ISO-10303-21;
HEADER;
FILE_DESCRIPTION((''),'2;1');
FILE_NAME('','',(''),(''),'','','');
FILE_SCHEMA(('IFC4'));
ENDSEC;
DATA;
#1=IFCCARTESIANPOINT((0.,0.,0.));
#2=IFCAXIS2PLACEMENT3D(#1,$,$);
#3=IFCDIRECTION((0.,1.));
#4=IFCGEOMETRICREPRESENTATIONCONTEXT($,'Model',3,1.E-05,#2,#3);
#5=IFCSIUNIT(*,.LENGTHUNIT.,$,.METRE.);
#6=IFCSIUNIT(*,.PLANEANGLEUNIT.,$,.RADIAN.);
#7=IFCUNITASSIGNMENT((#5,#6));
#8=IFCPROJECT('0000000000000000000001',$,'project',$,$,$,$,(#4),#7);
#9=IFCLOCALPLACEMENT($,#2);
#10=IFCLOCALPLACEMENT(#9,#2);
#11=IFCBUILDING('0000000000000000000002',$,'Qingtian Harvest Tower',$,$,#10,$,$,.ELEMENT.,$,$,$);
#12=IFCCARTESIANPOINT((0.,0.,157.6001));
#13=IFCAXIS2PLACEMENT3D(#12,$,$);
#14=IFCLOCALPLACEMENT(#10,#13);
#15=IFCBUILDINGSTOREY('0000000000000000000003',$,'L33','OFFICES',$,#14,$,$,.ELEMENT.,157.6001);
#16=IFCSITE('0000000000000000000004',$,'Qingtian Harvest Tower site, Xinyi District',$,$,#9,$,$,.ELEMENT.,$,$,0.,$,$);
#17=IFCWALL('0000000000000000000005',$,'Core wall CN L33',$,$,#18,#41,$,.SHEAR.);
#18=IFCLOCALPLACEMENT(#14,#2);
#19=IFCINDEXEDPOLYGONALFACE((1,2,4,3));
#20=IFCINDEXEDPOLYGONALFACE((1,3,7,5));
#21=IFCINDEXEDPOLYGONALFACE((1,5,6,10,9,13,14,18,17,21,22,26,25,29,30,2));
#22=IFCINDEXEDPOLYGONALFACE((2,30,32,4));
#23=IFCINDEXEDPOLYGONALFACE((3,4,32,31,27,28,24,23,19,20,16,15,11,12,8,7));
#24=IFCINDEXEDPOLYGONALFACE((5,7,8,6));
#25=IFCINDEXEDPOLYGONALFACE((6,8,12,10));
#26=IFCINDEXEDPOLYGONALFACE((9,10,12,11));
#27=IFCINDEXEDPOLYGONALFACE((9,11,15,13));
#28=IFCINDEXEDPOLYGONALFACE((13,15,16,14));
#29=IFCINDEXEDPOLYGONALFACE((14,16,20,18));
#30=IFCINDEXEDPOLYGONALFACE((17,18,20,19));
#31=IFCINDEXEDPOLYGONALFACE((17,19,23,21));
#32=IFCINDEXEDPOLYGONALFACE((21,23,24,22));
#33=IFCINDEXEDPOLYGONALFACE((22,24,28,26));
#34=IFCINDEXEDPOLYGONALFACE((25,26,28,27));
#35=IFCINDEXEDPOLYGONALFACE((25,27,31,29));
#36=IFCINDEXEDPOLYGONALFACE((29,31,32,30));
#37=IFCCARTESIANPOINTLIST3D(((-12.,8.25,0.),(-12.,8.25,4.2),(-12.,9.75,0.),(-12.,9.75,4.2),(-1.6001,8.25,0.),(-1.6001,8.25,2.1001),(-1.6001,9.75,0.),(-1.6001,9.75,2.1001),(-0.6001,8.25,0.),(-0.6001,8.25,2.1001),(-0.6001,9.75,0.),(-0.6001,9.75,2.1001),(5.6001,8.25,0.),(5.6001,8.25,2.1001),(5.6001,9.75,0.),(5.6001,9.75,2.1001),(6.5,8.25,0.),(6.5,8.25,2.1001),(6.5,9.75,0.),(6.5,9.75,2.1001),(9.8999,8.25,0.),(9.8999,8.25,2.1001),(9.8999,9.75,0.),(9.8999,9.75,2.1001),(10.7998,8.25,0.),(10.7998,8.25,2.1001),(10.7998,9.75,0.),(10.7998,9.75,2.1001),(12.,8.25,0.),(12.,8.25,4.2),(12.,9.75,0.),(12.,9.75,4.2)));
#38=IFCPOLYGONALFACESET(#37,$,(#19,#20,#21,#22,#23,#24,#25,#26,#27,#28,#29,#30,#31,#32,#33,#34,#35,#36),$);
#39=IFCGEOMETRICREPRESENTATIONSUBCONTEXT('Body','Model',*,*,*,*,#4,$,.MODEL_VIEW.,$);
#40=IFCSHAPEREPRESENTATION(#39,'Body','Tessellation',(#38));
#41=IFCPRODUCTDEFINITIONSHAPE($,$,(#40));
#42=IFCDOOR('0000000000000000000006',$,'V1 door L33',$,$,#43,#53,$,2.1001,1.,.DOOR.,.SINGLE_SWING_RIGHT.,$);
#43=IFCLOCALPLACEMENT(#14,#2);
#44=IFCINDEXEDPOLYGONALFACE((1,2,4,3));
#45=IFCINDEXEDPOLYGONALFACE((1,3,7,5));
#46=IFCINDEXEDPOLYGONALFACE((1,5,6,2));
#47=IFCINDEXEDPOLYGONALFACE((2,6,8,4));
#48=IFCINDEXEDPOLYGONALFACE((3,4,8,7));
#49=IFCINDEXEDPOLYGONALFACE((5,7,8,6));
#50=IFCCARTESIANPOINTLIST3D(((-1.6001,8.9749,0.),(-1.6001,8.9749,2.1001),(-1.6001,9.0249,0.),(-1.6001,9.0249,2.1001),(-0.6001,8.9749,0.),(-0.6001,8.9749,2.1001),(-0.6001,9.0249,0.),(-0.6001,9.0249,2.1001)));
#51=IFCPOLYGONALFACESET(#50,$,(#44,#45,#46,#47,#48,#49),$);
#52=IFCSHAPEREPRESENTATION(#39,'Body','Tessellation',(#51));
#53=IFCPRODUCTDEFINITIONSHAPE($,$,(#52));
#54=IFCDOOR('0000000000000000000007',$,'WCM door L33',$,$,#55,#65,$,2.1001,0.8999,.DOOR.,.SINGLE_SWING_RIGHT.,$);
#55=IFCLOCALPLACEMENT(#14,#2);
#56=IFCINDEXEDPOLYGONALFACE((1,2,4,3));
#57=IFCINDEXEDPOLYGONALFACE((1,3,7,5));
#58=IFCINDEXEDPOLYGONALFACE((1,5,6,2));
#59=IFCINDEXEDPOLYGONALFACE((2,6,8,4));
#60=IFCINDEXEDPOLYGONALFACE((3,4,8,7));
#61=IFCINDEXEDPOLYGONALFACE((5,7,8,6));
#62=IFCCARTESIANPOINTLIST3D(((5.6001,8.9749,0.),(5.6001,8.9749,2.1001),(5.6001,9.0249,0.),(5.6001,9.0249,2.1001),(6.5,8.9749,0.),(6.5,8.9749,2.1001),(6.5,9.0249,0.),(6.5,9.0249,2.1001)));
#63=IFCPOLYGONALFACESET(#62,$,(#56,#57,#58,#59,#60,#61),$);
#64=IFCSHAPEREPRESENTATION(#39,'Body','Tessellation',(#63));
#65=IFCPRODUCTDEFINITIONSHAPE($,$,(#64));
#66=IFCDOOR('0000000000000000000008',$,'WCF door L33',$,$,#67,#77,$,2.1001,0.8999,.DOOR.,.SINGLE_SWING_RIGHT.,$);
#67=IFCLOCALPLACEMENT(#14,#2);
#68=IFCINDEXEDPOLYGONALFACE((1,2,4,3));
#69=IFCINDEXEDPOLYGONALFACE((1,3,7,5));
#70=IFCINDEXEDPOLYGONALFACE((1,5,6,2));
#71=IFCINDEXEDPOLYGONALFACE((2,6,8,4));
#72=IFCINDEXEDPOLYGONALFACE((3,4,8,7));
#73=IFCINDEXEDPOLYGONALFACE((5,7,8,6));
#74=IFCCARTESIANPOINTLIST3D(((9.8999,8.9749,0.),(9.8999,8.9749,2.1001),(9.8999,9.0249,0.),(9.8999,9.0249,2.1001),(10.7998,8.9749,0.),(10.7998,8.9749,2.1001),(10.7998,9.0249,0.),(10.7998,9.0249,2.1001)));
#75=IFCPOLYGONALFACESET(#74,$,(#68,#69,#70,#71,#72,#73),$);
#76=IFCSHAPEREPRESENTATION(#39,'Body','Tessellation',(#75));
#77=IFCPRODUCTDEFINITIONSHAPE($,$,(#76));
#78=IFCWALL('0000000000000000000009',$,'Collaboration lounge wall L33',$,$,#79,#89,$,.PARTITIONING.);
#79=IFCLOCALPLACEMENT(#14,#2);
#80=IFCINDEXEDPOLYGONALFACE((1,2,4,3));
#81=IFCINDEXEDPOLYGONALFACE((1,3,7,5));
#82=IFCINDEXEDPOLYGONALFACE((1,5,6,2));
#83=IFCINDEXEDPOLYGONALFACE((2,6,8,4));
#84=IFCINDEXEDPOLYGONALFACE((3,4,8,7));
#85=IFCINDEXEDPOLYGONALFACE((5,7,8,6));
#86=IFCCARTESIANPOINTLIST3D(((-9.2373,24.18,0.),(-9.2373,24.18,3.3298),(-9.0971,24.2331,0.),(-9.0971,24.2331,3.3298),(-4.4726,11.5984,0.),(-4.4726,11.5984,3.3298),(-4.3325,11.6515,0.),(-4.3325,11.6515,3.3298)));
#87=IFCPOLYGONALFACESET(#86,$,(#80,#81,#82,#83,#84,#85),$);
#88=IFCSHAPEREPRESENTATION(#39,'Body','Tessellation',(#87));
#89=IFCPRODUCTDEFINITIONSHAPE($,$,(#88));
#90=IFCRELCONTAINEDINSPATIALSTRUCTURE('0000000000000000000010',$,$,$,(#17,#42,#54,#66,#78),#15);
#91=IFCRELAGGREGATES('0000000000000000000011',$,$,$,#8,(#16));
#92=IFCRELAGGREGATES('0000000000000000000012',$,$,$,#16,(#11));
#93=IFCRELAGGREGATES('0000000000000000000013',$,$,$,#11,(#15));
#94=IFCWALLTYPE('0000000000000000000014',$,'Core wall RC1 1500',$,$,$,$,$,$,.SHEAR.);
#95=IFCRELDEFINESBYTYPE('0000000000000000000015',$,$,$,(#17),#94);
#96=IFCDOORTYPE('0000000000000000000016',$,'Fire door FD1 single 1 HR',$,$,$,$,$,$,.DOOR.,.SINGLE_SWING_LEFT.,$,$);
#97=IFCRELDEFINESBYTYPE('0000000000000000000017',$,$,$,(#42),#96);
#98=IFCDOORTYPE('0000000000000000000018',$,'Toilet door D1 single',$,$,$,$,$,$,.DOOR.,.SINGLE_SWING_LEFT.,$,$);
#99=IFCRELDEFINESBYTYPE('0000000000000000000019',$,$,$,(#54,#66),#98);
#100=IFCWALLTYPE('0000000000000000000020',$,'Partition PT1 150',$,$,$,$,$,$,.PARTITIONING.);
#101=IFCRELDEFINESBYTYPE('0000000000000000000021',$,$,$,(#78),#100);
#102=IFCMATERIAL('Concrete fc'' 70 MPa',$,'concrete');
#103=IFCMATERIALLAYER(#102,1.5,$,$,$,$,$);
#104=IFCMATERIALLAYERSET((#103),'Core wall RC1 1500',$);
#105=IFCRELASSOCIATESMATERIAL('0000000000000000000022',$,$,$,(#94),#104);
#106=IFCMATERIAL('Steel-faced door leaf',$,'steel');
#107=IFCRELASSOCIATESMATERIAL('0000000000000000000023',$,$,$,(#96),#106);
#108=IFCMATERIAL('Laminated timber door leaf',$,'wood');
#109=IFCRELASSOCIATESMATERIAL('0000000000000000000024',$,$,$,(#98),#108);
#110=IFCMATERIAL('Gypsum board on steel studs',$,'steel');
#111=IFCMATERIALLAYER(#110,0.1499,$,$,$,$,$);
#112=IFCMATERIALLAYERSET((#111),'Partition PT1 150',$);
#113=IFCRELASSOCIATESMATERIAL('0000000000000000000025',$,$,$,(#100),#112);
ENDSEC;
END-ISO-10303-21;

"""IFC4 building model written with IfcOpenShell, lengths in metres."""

from ifc_helpers import new_model, si_unit, direction, frame, frame_2d, origin, place, context, subcontext, project, spatial, rectangle, extrude, material, layer, layer_set, type_object, element, fill, save


model = new_model("IFC4")

# Units and contexts
model_context = context("Model", 3, precision=1e-05, world=origin(), true_north=direction((0.0, 1.0)))
body_context = subcontext(model_context, "Body", "Model", "MODEL_VIEW")
ifc_project = project(units=[si_unit("LENGTHUNIT", "METRE"), si_unit("PLANEANGLEUNIT", "RADIAN")], contexts=[model_context])

# Site, building, storey
site_placement = place(None, origin())
site = spatial("IfcSite", under=ifc_project, at=site_placement, Name="Qingtian Harvest Tower site, Xinyi District", CompositionType="ELEMENT", RefElevation=0.0)
building_placement = place(site_placement, origin())
building = spatial("IfcBuilding", under=site, at=building_placement, Name="Qingtian Harvest Tower", CompositionType="ELEMENT")
storey_placement = place(building_placement, frame((0.0, 0.0, 157.6001)))
storey = spatial("IfcBuildingStorey", under=building, at=storey_placement, Name="L33", Description="OFFICES", CompositionType="ELEMENT", Elevation=157.6001)

# Wall, openings, doors
ifc_material_1 = material(Name="Concrete fc' 70 MPa", Category="concrete")
ifc_layer_1 = layer(ifc_material_1, 1.5)
ifc_layer_set_1 = layer_set([ifc_layer_1], Name="Core wall RC1 1500")
wall_type_1 = type_object("IfcWallType", Name="Core wall RC1 1500", PredefinedType="SHEAR", material=ifc_layer_set_1)
wall_1_placement = place(storey_placement, frame((-12.0, 9.0, 0.0), z_axis=(0.0, 0.0, 1.0), x_axis=(1.0, 0.0, 0.0)))
wall_1 = element("IfcWall", 1, at=wall_1_placement, inside=storey, type_object=wall_type_1, Name="Core wall CN L33", PredefinedType="SHEAR", context=body_context, shape_type="SweptSolid", body=[
    extrude(rectangle(XDim=24.0, YDim=1.5, at=frame_2d((12.0, 0.0))), origin(), (0.0, 0.0, 1.0), 4.2),
])
opening_1_placement = place(wall_1_placement, frame((10.3999, 0.0, 0.0)))
opening_1 = element("IfcOpeningElement", 2, at=opening_1_placement, cuts=wall_1, PredefinedType="OPENING", context=body_context, shape_type="SweptSolid", body=[
    extrude(rectangle(XDim=1.0, YDim=2.1001, at=frame_2d((0.5, 1.05))), frame((0.0, 0.76, 0.0), z_axis=(0.0, -1.0, 0.0), x_axis=(1.0, 0.0, 0.0)), (0.0, 0.0, 1.0), 1.52),
])
opening_2_placement = place(wall_1_placement, frame((17.6001, 0.0, 0.0)))
opening_2 = element("IfcOpeningElement", 3, at=opening_2_placement, cuts=wall_1, PredefinedType="OPENING", context=body_context, shape_type="SweptSolid", body=[
    extrude(rectangle(XDim=0.8999, YDim=2.1001, at=frame_2d((0.45, 1.05))), frame((0.0, 0.76, 0.0), z_axis=(0.0, -1.0, 0.0), x_axis=(1.0, 0.0, 0.0)), (0.0, 0.0, 1.0), 1.52),
])
opening_3_placement = place(wall_1_placement, frame((21.8999, 0.0, 0.0)))
opening_3 = element("IfcOpeningElement", 4, at=opening_3_placement, cuts=wall_1, PredefinedType="OPENING", context=body_context, shape_type="SweptSolid", body=[
    extrude(rectangle(XDim=0.8999, YDim=2.1001, at=frame_2d((0.45, 1.05))), frame((0.0, 0.76, 0.0), z_axis=(0.0, -1.0, 0.0), x_axis=(1.0, 0.0, 0.0)), (0.0, 0.0, 1.0), 1.52),
])
ifc_material_2 = material(Name="Steel-faced door leaf", Category="steel")
door_type_1 = type_object("IfcDoorType", Name="Fire door FD1 single 1 HR", OperationType="SINGLE_SWING_LEFT", PredefinedType="DOOR", material=ifc_material_2)
door_1_placement = place(opening_1_placement, origin())
door_1 = element("IfcDoor", 5, at=door_1_placement, inside=storey, type_object=door_type_1, Name="V1 door L33", OperationType="SINGLE_SWING_RIGHT", OverallHeight=2.1001, OverallWidth=1.0, PredefinedType="DOOR", context=body_context, shape_type="SweptSolid", body=[
    extrude(rectangle(XDim=1.0, YDim=2.1001, at=frame_2d((0.5, 1.05))), frame((0.0, 0.0249, 0.0), z_axis=(0.0, -1.0, 0.0), x_axis=(1.0, 0.0, 0.0)), (0.0, 0.0, 1.0), 0.05),
])
fill(opening_1, door_1)
ifc_material_3 = material(Name="Laminated timber door leaf", Category="wood")
door_type_2 = type_object("IfcDoorType", Name="Toilet door D1 single", OperationType="SINGLE_SWING_LEFT", PredefinedType="DOOR", material=ifc_material_3)
door_2_placement = place(opening_2_placement, origin())
door_2 = element("IfcDoor", 6, at=door_2_placement, inside=storey, type_object=door_type_2, Name="WCM door L33", OperationType="SINGLE_SWING_RIGHT", OverallHeight=2.1001, OverallWidth=0.8999, PredefinedType="DOOR", context=body_context, shape_type="SweptSolid", body=[
    extrude(rectangle(XDim=0.8999, YDim=2.1001, at=frame_2d((0.45, 1.05))), frame((0.0, 0.0249, 0.0), z_axis=(0.0, -1.0, 0.0), x_axis=(1.0, 0.0, 0.0)), (0.0, 0.0, 1.0), 0.05),
])
fill(opening_2, door_2)
door_3_placement = place(opening_3_placement, origin())
door_3 = element("IfcDoor", 7, at=door_3_placement, inside=storey, type_object=door_type_2, Name="WCF door L33", OperationType="SINGLE_SWING_RIGHT", OverallHeight=2.1001, OverallWidth=0.8999, PredefinedType="DOOR", context=body_context, shape_type="SweptSolid", body=[
    extrude(rectangle(XDim=0.8999, YDim=2.1001, at=frame_2d((0.45, 1.05))), frame((0.0, 0.0249, 0.0), z_axis=(0.0, -1.0, 0.0), x_axis=(1.0, 0.0, 0.0)), (0.0, 0.0, 1.0), 0.05),
])
fill(opening_3, door_3)

# Shared definitions
ifc_material_4 = material(Name="Gypsum board on steel studs", Category="steel")
ifc_layer_2 = layer(ifc_material_4, 0.1499)
ifc_layer_set_2 = layer_set([ifc_layer_2], Name="Partition PT1 150")
wall_type_2 = type_object("IfcWallType", Name="Partition PT1 150", PredefinedType="PARTITIONING", material=ifc_layer_set_2)

# Wall
wall_2_placement = place(storey_placement, frame((-9.1672, 24.2065, 0.0), z_axis=(0.0, 0.0, 1.0), x_axis=(0.354156, -0.935186, 0.0)))
element("IfcWall", 8, at=wall_2_placement, inside=storey, type_object=wall_type_2, Name="Collaboration lounge wall L33", PredefinedType="PARTITIONING", context=body_context, shape_type="SweptSolid", body=[
    extrude(rectangle(XDim=13.4536, YDim=0.1499, at=frame_2d((6.7268, 0.0))), origin(), (0.0, 0.0, 1.0), 3.3298),
])

save(model, "model.ifc")
